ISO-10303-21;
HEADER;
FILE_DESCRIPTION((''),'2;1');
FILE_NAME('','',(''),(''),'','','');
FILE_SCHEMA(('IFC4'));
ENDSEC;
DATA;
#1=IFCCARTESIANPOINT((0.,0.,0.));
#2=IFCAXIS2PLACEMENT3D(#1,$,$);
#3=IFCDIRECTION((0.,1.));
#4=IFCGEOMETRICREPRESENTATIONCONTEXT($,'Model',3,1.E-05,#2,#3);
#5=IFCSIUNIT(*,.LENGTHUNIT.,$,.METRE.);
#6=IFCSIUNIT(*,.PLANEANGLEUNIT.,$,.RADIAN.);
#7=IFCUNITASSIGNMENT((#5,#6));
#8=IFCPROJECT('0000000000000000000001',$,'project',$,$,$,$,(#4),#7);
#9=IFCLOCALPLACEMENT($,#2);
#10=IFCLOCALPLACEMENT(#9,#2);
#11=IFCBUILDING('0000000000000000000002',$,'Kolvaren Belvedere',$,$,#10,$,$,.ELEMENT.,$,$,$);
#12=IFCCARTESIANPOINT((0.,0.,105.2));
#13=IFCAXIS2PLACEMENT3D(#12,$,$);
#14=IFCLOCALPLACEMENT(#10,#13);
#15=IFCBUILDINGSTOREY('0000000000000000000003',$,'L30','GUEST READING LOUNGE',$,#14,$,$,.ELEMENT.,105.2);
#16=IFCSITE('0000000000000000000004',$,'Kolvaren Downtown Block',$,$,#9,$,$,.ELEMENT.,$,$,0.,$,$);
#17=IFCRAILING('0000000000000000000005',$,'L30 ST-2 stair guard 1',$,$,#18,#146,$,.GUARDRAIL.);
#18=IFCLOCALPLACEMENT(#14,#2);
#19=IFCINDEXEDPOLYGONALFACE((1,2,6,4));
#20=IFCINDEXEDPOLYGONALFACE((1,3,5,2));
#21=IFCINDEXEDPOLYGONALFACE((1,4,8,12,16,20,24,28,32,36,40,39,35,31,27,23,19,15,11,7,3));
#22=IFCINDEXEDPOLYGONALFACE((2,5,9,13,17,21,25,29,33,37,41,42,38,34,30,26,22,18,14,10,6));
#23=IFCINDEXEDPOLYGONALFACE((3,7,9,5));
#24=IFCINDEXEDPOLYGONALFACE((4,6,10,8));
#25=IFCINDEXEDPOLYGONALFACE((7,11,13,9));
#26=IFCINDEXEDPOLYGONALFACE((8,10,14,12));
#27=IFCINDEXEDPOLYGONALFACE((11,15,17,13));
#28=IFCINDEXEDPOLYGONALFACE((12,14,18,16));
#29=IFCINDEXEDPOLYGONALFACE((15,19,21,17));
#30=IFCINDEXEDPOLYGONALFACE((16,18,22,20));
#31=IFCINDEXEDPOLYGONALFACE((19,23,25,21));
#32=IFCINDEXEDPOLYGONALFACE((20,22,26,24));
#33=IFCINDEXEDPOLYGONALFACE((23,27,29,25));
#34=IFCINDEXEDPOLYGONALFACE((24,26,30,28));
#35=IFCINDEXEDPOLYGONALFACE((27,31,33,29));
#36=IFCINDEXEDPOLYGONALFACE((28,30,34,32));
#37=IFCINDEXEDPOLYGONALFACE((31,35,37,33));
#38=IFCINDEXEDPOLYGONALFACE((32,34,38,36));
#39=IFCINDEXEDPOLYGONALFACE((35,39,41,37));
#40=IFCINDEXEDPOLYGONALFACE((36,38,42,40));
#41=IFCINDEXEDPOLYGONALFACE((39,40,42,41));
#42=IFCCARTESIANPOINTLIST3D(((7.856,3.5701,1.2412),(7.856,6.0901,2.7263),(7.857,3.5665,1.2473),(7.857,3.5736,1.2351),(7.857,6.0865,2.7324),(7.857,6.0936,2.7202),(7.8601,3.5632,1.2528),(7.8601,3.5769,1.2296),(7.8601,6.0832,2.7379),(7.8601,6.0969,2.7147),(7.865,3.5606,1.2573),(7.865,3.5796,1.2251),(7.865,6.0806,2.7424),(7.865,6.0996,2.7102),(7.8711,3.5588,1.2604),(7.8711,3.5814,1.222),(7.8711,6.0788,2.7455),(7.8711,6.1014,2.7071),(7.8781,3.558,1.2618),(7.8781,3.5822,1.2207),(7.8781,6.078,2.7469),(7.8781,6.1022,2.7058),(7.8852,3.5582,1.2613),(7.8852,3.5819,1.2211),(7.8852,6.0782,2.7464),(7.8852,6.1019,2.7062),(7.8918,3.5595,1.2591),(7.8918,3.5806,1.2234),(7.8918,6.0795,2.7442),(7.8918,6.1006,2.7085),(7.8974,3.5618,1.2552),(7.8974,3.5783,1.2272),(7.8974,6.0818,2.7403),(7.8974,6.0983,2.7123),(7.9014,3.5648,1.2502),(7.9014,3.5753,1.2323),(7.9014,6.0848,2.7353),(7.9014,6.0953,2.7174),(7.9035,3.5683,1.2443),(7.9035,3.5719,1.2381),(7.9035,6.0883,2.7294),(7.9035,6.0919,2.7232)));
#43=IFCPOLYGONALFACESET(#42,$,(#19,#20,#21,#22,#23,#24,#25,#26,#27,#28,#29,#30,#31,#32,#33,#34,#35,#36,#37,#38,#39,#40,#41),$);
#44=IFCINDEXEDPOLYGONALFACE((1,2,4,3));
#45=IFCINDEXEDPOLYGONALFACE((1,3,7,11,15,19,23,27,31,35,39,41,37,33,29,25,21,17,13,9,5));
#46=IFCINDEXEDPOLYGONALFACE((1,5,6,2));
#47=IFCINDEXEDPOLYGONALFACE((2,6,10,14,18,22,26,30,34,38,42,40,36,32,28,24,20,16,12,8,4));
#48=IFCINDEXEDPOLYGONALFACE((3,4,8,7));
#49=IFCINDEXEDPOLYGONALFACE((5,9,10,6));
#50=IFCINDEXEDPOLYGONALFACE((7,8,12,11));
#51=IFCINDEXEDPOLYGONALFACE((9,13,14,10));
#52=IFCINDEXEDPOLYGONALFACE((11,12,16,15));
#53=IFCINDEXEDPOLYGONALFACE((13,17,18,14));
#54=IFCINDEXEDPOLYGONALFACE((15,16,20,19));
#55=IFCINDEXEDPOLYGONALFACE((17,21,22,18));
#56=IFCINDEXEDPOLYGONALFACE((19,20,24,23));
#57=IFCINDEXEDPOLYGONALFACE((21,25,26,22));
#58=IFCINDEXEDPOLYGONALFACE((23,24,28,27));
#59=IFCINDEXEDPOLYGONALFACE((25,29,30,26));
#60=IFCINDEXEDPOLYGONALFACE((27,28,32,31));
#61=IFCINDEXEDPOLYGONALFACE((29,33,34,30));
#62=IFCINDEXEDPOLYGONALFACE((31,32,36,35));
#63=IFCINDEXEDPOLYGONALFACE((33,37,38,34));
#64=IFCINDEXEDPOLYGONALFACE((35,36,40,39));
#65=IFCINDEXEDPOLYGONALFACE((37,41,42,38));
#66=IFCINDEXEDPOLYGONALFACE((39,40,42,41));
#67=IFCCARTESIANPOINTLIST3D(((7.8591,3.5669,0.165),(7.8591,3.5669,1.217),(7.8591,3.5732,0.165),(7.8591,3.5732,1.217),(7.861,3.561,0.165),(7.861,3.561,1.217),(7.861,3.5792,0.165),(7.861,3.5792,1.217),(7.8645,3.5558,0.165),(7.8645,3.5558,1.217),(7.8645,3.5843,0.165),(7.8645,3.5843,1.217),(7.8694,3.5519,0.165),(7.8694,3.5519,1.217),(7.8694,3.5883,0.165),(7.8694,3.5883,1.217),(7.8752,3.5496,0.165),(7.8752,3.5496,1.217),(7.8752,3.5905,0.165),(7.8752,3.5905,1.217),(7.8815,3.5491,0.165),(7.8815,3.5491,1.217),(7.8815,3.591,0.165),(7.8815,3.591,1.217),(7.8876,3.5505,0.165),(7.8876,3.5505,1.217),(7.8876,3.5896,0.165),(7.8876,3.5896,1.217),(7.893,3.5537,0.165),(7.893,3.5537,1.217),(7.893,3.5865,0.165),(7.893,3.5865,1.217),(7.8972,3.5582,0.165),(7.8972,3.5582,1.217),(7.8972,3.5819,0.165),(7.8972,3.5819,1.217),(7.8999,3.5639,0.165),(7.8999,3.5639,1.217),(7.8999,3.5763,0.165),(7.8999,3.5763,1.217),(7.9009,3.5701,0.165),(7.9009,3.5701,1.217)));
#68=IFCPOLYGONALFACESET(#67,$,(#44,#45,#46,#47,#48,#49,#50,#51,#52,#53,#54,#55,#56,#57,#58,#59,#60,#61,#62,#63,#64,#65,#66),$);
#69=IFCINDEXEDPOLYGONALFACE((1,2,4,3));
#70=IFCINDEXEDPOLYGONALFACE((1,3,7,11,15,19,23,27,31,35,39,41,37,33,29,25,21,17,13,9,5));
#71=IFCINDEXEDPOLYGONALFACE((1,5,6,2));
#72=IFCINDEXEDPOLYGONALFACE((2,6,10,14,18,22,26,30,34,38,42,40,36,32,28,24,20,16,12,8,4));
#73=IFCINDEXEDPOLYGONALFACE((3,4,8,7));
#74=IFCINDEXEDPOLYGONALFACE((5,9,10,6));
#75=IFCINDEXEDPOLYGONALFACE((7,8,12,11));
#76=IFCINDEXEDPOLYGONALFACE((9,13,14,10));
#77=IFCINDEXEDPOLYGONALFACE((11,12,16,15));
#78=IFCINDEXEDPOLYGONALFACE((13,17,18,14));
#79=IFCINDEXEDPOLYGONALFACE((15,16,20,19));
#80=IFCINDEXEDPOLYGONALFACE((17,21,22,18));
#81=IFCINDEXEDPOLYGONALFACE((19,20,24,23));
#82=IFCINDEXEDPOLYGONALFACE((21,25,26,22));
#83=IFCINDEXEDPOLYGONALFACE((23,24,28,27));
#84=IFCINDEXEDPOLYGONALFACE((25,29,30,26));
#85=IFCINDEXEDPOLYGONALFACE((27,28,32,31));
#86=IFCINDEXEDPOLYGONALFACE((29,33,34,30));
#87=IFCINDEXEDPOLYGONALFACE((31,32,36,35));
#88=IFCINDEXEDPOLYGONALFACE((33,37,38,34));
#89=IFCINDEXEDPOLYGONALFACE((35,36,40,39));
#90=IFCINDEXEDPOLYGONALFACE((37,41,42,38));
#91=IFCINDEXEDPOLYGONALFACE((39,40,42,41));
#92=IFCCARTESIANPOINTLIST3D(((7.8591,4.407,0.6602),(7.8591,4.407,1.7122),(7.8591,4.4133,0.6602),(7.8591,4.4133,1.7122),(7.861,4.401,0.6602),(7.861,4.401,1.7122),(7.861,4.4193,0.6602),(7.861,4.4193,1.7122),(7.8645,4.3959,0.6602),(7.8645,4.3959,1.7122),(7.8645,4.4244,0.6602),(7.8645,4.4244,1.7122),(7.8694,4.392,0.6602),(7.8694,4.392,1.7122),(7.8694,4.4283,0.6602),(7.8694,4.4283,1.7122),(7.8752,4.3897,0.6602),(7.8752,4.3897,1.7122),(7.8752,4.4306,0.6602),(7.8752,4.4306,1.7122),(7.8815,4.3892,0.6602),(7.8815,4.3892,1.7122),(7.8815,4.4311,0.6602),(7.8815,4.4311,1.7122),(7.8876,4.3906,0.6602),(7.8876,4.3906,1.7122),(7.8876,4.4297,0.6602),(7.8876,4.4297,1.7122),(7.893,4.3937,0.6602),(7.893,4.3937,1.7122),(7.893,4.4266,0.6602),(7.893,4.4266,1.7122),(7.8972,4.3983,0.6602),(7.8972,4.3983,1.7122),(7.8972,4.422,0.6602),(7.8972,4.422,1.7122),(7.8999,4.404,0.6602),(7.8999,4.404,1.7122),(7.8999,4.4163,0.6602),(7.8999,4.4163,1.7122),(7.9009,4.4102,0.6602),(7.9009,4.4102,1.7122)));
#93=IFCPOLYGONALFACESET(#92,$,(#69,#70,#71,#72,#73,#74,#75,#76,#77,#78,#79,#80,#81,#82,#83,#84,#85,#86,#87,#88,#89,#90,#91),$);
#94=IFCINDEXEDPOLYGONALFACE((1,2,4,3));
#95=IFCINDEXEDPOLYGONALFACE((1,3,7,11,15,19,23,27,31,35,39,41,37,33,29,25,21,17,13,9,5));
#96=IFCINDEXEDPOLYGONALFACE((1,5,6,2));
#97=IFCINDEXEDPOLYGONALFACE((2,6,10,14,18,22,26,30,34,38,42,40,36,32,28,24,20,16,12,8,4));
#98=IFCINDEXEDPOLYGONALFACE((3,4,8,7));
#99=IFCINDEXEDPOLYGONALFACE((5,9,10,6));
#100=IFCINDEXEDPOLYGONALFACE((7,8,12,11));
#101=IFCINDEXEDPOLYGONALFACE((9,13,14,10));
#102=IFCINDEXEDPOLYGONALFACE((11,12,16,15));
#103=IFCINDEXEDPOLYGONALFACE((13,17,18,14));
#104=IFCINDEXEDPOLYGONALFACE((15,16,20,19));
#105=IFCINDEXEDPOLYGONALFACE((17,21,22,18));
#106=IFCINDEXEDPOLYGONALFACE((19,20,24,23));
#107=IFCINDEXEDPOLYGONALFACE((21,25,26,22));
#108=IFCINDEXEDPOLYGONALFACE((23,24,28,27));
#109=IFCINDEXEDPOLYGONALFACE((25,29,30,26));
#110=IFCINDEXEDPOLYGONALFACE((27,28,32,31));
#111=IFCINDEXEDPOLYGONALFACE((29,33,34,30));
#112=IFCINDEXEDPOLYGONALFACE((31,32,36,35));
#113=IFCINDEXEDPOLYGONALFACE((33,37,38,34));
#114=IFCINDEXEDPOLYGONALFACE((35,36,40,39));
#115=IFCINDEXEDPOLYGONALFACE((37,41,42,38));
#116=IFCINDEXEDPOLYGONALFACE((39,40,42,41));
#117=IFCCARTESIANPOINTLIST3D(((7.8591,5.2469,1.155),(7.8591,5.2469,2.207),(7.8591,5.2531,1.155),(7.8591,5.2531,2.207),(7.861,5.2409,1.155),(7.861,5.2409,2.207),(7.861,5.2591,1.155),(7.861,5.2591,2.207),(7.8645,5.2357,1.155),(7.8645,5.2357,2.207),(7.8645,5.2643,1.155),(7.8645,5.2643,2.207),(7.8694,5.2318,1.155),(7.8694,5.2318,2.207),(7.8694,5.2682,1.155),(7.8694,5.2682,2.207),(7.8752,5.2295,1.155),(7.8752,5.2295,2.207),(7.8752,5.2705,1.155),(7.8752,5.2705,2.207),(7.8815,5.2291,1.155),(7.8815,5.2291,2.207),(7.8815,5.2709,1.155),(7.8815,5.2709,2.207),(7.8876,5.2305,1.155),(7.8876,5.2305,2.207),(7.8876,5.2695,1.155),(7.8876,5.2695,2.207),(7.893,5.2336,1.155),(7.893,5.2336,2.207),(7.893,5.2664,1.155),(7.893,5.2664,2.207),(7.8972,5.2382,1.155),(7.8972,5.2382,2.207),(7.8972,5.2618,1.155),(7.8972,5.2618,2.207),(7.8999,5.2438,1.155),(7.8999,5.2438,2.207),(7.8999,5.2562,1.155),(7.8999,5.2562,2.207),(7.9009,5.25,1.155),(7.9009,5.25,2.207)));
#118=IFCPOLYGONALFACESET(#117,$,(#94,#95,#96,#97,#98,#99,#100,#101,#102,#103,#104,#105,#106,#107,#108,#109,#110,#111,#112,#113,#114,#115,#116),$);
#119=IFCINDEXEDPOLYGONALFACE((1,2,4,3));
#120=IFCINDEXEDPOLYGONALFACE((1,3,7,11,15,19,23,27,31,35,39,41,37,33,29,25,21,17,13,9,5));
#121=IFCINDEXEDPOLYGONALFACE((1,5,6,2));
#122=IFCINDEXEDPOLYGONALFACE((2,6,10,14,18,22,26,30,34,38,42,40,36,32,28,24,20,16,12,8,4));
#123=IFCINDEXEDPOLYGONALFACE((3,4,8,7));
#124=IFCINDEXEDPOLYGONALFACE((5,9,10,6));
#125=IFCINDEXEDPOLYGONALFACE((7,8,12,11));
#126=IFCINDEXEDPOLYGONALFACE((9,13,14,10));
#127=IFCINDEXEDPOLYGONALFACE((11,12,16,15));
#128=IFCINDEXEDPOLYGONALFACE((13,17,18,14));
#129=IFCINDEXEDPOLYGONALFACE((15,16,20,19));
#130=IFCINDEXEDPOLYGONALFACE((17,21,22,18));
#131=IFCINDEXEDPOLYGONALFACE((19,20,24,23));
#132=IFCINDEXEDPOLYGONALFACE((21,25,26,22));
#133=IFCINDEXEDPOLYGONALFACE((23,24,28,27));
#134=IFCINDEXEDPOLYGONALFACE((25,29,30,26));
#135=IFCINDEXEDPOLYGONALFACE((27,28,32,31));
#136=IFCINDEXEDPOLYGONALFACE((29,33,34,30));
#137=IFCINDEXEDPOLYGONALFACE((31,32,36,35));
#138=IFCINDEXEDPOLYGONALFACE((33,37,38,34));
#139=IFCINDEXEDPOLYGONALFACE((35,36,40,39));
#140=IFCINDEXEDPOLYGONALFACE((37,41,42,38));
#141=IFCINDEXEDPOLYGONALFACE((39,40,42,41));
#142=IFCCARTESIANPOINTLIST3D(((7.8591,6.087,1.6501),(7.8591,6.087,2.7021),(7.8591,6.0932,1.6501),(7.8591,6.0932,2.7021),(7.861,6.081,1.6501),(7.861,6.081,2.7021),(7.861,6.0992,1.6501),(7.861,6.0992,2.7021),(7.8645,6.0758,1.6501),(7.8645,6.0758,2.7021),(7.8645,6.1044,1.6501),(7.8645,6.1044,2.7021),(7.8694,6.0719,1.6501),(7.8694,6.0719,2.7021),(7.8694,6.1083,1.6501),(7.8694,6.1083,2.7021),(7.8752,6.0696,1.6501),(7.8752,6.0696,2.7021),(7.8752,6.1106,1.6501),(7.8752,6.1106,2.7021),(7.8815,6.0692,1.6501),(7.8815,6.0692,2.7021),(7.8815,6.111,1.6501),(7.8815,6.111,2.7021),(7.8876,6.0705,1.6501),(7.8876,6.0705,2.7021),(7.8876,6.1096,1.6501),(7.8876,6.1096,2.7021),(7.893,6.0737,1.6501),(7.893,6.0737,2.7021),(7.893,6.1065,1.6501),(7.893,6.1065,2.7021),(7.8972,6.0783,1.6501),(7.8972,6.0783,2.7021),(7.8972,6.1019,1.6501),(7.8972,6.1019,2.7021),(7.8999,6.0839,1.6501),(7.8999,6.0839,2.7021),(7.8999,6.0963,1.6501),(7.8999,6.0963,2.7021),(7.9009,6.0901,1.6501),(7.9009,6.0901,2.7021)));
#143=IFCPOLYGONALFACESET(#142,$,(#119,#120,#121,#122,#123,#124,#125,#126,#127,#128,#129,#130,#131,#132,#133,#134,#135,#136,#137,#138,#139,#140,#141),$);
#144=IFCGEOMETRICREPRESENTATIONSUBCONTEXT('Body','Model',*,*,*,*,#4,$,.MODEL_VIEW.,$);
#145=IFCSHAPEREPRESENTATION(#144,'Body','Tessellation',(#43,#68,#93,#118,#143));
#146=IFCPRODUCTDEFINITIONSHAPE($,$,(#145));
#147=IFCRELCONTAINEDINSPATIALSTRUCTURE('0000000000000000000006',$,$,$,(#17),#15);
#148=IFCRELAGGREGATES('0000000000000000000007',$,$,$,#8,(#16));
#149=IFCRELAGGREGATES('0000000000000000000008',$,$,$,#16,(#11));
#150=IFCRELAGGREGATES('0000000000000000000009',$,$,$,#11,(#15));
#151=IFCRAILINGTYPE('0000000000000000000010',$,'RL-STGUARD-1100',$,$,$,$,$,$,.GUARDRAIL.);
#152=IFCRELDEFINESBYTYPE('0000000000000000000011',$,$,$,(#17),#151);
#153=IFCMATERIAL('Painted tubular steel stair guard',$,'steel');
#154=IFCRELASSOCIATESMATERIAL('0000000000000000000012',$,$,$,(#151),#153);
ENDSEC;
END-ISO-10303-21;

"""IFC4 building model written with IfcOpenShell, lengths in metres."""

from ifc_helpers import new_model, si_unit, direction, frame, origin, origin_2d, place, context, subcontext, project, spatial, circle, extrude, material, type_object, element, save


model = new_model("IFC4")

# Units and contexts
model_context = context("Model", 3, precision=1e-05, world=origin(), true_north=direction((0.0, 1.0)))
body_context = subcontext(model_context, "Body", "Model", "MODEL_VIEW")
ifc_project = project(units=[si_unit("LENGTHUNIT", "METRE"), si_unit("PLANEANGLEUNIT", "RADIAN")], contexts=[model_context])

# Site, building, storey
site_placement = place(None, origin())
site = spatial("IfcSite", under=ifc_project, at=site_placement, Name="Kolvaren Downtown Block", CompositionType="ELEMENT", RefElevation=0.0)
building_placement = place(site_placement, origin())
building = spatial("IfcBuilding", under=site, at=building_placement, Name="Kolvaren Belvedere", CompositionType="ELEMENT")
storey_placement = place(building_placement, frame((0.0, 0.0, 105.2)))
storey = spatial("IfcBuildingStorey", under=building, at=storey_placement, Name="L30", Description="GUEST READING LOUNGE", CompositionType="ELEMENT", Elevation=105.2)

# Railing
ifc_material_1 = material(Name="Painted tubular steel stair guard", Category="steel")
railing_type_1 = type_object("IfcRailingType", Name="RL-STGUARD-1100", PredefinedType="GUARDRAIL", material=ifc_material_1)
railing_1_placement = place(storey_placement, frame((7.8799, 3.5701, 0.165)))
element("IfcRailing", 1, at=railing_1_placement, inside=storey, type_object=railing_type_1, Name="L30 ST-2 stair guard 1", PredefinedType="GUARDRAIL", context=body_context, shape_type="SweptSolid", body=[
    extrude(circle(Radius=0.0239, at=origin_2d()), frame((0.0, 0.0, 1.0762), z_axis=(0.0, 0.861524, 0.507717), x_axis=(-1.0, 0.0, 0.0)), (0.0, 0.0, 1.0), 2.925),
    extrude(circle(Radius=0.021, at=origin_2d()), origin(), (0.0, 0.0, 1.0), 1.052),
    extrude(circle(Radius=0.021, at=origin_2d()), frame((0.0, 0.8401, 0.4951)), (0.0, 0.0, 1.0), 1.052),
    extrude(circle(Radius=0.021, at=origin_2d()), frame((0.0, 1.6799, 0.99)), (0.0, 0.0, 1.0), 1.052),
    extrude(circle(Radius=0.021, at=origin_2d()), frame((0.0, 2.52, 1.4851)), (0.0, 0.0, 1.0), 1.052),
])

save(model, "model.ifc")
